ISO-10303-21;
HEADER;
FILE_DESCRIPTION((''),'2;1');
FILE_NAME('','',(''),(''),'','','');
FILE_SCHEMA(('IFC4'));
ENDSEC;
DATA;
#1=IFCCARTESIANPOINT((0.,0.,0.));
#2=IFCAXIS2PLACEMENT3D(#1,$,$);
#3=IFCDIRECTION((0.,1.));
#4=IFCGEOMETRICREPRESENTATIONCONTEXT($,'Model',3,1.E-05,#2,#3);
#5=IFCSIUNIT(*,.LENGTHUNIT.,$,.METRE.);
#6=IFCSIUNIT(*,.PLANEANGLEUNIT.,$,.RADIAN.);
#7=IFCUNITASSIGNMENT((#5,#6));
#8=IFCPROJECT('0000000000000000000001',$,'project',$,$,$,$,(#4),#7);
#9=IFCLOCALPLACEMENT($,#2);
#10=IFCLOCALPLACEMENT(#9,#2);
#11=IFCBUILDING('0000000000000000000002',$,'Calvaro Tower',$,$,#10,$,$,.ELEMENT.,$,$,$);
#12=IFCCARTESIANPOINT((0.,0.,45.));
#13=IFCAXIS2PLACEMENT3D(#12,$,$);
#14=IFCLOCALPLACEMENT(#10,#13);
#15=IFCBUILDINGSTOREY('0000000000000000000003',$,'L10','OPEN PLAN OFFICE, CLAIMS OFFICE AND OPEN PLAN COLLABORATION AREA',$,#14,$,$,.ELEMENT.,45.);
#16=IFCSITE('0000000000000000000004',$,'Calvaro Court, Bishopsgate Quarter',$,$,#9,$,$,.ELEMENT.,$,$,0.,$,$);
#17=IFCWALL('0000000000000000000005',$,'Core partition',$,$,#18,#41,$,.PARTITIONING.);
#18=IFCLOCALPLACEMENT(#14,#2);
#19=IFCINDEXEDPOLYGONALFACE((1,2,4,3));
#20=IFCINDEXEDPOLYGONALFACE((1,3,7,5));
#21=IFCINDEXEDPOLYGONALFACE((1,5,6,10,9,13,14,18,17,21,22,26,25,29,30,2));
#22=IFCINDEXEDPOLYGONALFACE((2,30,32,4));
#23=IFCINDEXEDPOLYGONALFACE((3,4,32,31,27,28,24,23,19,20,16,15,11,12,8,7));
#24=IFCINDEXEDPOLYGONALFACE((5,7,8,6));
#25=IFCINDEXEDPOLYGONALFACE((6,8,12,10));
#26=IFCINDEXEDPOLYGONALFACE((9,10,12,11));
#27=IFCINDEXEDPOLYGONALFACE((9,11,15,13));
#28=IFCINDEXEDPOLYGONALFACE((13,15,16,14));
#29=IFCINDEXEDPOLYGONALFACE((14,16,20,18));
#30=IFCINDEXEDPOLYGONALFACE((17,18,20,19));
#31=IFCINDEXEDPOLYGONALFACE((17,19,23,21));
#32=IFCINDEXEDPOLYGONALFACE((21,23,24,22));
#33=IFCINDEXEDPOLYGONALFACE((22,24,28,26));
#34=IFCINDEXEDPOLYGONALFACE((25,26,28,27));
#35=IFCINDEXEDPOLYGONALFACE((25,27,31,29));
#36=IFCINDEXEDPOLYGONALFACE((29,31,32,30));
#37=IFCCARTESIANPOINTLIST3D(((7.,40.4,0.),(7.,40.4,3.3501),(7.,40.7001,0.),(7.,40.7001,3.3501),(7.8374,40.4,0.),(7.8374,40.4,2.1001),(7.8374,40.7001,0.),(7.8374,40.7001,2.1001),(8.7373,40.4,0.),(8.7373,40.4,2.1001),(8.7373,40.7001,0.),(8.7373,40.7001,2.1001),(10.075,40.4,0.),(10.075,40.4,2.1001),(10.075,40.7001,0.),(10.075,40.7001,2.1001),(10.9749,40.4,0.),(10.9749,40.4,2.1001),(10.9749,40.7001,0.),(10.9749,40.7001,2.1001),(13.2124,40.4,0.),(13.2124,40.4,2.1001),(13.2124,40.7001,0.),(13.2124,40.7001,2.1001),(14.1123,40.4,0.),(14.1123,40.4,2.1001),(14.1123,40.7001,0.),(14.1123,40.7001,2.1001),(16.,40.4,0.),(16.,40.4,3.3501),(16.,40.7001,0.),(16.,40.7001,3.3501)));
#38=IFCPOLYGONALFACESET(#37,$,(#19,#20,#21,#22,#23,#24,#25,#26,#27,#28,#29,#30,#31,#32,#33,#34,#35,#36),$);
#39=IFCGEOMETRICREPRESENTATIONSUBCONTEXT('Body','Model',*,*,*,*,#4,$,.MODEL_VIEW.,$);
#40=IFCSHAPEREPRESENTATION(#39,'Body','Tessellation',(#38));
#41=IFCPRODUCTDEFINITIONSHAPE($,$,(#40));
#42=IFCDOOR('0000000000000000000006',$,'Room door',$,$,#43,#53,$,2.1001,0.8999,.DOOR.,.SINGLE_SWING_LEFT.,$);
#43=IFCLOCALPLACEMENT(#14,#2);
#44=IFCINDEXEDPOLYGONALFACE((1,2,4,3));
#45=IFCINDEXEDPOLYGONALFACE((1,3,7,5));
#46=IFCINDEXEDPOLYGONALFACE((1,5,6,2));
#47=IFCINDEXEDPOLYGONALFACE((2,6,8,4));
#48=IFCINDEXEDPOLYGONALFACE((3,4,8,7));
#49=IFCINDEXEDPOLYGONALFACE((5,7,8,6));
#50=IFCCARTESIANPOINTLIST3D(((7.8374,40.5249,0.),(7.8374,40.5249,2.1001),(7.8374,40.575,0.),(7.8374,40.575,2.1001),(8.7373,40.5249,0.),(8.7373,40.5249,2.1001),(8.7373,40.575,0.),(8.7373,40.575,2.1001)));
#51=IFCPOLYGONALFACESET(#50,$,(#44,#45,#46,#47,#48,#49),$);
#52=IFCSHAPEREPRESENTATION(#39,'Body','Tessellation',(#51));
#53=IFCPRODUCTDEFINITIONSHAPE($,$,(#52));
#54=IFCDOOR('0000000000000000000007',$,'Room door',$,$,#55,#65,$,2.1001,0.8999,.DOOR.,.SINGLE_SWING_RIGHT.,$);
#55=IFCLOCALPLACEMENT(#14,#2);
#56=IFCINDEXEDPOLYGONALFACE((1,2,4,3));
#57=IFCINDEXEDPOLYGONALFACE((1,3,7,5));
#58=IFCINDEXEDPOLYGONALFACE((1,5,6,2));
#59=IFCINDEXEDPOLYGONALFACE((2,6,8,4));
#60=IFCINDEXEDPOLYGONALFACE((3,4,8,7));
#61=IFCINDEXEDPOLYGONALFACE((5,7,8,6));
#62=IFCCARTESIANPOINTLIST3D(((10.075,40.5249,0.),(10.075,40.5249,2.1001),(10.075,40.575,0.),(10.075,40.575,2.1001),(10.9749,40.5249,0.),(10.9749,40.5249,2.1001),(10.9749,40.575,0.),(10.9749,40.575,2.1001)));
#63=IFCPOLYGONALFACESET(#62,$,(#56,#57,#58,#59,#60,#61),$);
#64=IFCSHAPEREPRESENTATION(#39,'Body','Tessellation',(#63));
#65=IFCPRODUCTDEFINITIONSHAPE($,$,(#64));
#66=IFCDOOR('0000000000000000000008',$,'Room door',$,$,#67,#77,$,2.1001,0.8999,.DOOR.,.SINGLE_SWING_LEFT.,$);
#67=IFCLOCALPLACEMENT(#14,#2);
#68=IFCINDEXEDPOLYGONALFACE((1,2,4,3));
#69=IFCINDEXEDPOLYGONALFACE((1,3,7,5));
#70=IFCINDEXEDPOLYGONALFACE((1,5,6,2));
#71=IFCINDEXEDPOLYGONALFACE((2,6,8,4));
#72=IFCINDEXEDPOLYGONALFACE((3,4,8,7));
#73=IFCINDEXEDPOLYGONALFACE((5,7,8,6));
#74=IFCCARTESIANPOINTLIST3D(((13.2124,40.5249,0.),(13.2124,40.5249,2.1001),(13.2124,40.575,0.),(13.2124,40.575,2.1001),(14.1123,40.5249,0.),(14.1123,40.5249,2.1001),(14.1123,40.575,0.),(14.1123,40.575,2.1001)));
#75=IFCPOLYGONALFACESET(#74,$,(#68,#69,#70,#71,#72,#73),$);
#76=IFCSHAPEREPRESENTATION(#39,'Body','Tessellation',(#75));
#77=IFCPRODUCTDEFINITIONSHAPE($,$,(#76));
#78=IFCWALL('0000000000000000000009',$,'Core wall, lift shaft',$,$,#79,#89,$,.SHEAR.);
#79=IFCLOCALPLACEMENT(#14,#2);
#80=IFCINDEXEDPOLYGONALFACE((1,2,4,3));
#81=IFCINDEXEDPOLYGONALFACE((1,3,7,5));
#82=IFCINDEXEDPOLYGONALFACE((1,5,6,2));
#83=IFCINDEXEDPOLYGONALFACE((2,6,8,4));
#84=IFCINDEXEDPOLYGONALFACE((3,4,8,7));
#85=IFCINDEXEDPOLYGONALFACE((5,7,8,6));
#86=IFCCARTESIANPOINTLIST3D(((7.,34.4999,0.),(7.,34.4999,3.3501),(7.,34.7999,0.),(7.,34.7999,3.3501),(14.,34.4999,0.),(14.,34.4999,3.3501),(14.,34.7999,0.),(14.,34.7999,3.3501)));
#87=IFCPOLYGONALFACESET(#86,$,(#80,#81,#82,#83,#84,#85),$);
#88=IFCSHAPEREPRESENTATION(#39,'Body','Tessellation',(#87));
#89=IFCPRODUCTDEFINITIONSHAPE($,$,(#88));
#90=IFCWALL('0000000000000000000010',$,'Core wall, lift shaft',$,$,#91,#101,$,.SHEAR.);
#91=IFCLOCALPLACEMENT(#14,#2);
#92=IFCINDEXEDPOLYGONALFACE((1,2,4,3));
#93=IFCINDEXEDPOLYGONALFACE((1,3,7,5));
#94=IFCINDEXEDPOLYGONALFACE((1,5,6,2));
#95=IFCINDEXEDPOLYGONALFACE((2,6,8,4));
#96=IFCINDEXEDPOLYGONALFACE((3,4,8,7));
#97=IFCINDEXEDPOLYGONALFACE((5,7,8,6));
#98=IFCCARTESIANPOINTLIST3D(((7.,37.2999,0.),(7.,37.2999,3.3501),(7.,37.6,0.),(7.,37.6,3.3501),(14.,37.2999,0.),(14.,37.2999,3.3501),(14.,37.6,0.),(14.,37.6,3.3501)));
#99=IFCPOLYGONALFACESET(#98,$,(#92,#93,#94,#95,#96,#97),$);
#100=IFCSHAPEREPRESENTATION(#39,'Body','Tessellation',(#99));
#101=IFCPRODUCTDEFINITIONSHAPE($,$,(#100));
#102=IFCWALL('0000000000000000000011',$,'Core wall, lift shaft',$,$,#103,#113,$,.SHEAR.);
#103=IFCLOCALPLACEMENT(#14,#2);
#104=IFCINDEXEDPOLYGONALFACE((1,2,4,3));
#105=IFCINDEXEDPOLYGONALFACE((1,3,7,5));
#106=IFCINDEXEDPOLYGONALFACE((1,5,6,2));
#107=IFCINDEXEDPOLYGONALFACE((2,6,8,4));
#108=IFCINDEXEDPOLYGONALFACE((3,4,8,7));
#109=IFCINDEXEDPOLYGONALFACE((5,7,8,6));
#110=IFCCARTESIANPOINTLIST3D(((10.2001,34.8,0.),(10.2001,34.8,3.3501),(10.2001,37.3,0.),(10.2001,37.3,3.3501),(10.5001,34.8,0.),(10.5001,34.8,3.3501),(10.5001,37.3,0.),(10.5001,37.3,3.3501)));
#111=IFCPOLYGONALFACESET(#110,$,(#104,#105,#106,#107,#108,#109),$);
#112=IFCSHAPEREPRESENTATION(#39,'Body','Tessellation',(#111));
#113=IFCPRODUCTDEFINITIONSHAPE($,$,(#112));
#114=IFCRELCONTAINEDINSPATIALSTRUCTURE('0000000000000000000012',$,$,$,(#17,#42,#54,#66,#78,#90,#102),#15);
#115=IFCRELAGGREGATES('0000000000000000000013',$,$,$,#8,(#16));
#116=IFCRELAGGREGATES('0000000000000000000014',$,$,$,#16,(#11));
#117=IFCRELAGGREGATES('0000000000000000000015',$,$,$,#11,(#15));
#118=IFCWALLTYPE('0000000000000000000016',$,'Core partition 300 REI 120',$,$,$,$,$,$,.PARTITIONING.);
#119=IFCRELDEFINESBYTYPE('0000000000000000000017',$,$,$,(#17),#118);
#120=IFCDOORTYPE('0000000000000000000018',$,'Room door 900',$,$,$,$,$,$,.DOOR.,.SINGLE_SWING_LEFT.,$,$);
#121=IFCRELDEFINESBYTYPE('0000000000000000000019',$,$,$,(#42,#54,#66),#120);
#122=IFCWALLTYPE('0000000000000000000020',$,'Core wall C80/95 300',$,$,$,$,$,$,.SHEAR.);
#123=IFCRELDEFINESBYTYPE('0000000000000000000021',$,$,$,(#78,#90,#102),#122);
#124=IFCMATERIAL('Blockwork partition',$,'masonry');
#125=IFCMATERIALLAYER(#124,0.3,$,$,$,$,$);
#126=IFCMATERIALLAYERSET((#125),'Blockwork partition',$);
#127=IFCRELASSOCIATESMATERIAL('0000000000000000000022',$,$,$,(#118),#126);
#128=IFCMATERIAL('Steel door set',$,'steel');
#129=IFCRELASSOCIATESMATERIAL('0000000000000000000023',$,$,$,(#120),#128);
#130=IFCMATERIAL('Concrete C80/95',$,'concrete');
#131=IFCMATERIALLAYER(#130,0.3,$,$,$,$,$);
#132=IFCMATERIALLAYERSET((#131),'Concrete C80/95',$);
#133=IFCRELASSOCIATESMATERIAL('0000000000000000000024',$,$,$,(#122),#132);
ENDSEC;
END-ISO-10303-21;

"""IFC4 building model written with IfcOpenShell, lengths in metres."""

from ifc_helpers import new_model, si_unit, direction, frame, frame_2d, origin, place, context, subcontext, project, spatial, rectangle, extrude, material, layer, layer_set, type_object, element, fill, save


model = new_model("IFC4")

# Units and contexts
model_context = context("Model", 3, precision=1e-05, world=origin(), true_north=direction((0.0, 1.0)))
body_context = subcontext(model_context, "Body", "Model", "MODEL_VIEW")
ifc_project = project(units=[si_unit("LENGTHUNIT", "METRE"), si_unit("PLANEANGLEUNIT", "RADIAN")], contexts=[model_context])

# Site, building, storey
site_placement = place(None, origin())
site = spatial("IfcSite", under=ifc_project, at=site_placement, Name="Calvaro Court, Bishopsgate Quarter", CompositionType="ELEMENT", RefElevation=0.0)
building_placement = place(site_placement, origin())
building = spatial("IfcBuilding", under=site, at=building_placement, Name="Calvaro Tower", CompositionType="ELEMENT")
storey_placement = place(building_placement, frame((0.0, 0.0, 45.0)))
storey = spatial("IfcBuildingStorey", under=building, at=storey_placement, Name="L10", Description="OPEN PLAN OFFICE, CLAIMS OFFICE AND OPEN PLAN COLLABORATION AREA", CompositionType="ELEMENT", Elevation=45.0)

# Wall, openings, doors
ifc_material_1 = material(Name="Blockwork partition", Category="masonry")
ifc_layer_1 = layer(ifc_material_1, 0.3)
ifc_layer_set_1 = layer_set([ifc_layer_1], Name="Blockwork partition")
wall_type_1 = type_object("IfcWallType", Name="Core partition 300 REI 120", PredefinedType="PARTITIONING", material=ifc_layer_set_1)
wall_1_placement = place(storey_placement, frame((7.0, 40.55, 0.0), z_axis=(0.0, 0.0, 1.0), x_axis=(1.0, 0.0, 0.0)))
wall_1 = element("IfcWall", 1, at=wall_1_placement, inside=storey, type_object=wall_type_1, Name="Core partition", PredefinedType="PARTITIONING", context=body_context, shape_type="SweptSolid", body=[
    extrude(rectangle(XDim=9.0, YDim=0.3, at=frame_2d((4.5, 0.0))), origin(), (0.0, 0.0, 1.0), 3.3501),
])
opening_1_placement = place(wall_1_placement, frame((0.8374, 0.0, 0.0)))
opening_1 = element("IfcOpeningElement", 2, at=opening_1_placement, cuts=wall_1, PredefinedType="OPENING", context=body_context, shape_type="SweptSolid", body=[
    extrude(rectangle(XDim=0.8999, YDim=2.1001, at=frame_2d((0.45, 1.05))), frame((0.0, 0.1599, 0.0), z_axis=(0.0, -1.0, 0.0), x_axis=(1.0, 0.0, 0.0)), (0.0, 0.0, 1.0), 0.3201),
])
opening_2_placement = place(wall_1_placement, frame((3.075, 0.0, 0.0)))
opening_2 = element("IfcOpeningElement", 3, at=opening_2_placement, cuts=wall_1, PredefinedType="OPENING", context=body_context, shape_type="SweptSolid", body=[
    extrude(rectangle(XDim=0.8999, YDim=2.1001, at=frame_2d((0.45, 1.05))), frame((0.0, 0.1599, 0.0), z_axis=(0.0, -1.0, 0.0), x_axis=(1.0, 0.0, 0.0)), (0.0, 0.0, 1.0), 0.3201),
])
opening_3_placement = place(wall_1_placement, frame((6.2124, 0.0, 0.0)))
opening_3 = element("IfcOpeningElement", 4, at=opening_3_placement, cuts=wall_1, PredefinedType="OPENING", context=body_context, shape_type="SweptSolid", body=[
    extrude(rectangle(XDim=0.8999, YDim=2.1001, at=frame_2d((0.45, 1.05))), frame((0.0, 0.1599, 0.0), z_axis=(0.0, -1.0, 0.0), x_axis=(1.0, 0.0, 0.0)), (0.0, 0.0, 1.0), 0.3201),
])
ifc_material_2 = material(Name="Steel door set", Category="steel")
door_type = type_object("IfcDoorType", Name="Room door 900", OperationType="SINGLE_SWING_LEFT", PredefinedType="DOOR", material=ifc_material_2)
door_1_placement = place(opening_1_placement, origin())
door_1 = element("IfcDoor", 5, at=door_1_placement, inside=storey, type_object=door_type, Name="Room door", OperationType="SINGLE_SWING_LEFT", OverallHeight=2.1001, OverallWidth=0.8999, PredefinedType="DOOR", context=body_context, shape_type="SweptSolid", body=[
    extrude(rectangle(XDim=0.8999, YDim=2.1001, at=frame_2d((0.45, 1.05))), frame((0.0, 0.0249, 0.0), z_axis=(0.0, -1.0, 0.0), x_axis=(1.0, 0.0, 0.0)), (0.0, 0.0, 1.0), 0.05),
])
fill(opening_1, door_1)
door_2_placement = place(opening_2_placement, origin())
door_2 = element("IfcDoor", 6, at=door_2_placement, inside=storey, type_object=door_type, Name="Room door", OperationType="SINGLE_SWING_RIGHT", OverallHeight=2.1001, OverallWidth=0.8999, PredefinedType="DOOR", context=body_context, shape_type="SweptSolid", body=[
    extrude(rectangle(XDim=0.8999, YDim=2.1001, at=frame_2d((0.45, 1.05))), frame((0.0, 0.0249, 0.0), z_axis=(0.0, -1.0, 0.0), x_axis=(1.0, 0.0, 0.0)), (0.0, 0.0, 1.0), 0.05),
])
fill(opening_2, door_2)
door_3_placement = place(opening_3_placement, origin())
door_3 = element("IfcDoor", 7, at=door_3_placement, inside=storey, type_object=door_type, Name="Room door", OperationType="SINGLE_SWING_LEFT", OverallHeight=2.1001, OverallWidth=0.8999, PredefinedType="DOOR", context=body_context, shape_type="SweptSolid", body=[
    extrude(rectangle(XDim=0.8999, YDim=2.1001, at=frame_2d((0.45, 1.05))), frame((0.0, 0.0249, 0.0), z_axis=(0.0, -1.0, 0.0), x_axis=(1.0, 0.0, 0.0)), (0.0, 0.0, 1.0), 0.05),
])
fill(opening_3, door_3)

# Walls
ifc_material_3 = material(Name="Concrete C80/95", Category="concrete")
ifc_layer_2 = layer(ifc_material_3, 0.3)
ifc_layer_set_2 = layer_set([ifc_layer_2], Name="Concrete C80/95")
wall_type_2 = type_object("IfcWallType", Name="Core wall C80/95 300", PredefinedType="SHEAR", material=ifc_layer_set_2)
for number, where, z_axis, x_axis, name in (
    (8, (7.0, 34.6499, 0.0), (0.0, 0.0, 1.0), (1.0, 0.0, 0.0), "Core wall, lift shaft"),
    (9, (7.0, 37.45, 0.0), (0.0, 0.0, 1.0), (1.0, 0.0, 0.0), "Core wall, lift shaft"),
):
    element("IfcWall", number, at=place(storey_placement, frame(where, z_axis=z_axis, x_axis=x_axis)), inside=storey, type_object=wall_type_2, Name=name, PredefinedType="SHEAR", context=body_context, shape_type="SweptSolid", body=[
        extrude(rectangle(XDim=7.0, YDim=0.3, at=frame_2d((3.5, 0.0))), origin(), (0.0, 0.0, 1.0), 3.3501),
    ])
wall_2_placement = place(storey_placement, frame((10.3501, 34.8, 0.0), z_axis=(0.0, 0.0, 1.0), x_axis=(0.0, 1.0, 0.0)))
element("IfcWall", 10, at=wall_2_placement, inside=storey, type_object=wall_type_2, Name="Core wall, lift shaft", PredefinedType="SHEAR", context=body_context, shape_type="SweptSolid", body=[
    extrude(rectangle(XDim=2.5, YDim=0.3, at=frame_2d((1.25, 0.0))), origin(), (0.0, 0.0, 1.0), 3.3501),
])

save(model, "model.ifc")
